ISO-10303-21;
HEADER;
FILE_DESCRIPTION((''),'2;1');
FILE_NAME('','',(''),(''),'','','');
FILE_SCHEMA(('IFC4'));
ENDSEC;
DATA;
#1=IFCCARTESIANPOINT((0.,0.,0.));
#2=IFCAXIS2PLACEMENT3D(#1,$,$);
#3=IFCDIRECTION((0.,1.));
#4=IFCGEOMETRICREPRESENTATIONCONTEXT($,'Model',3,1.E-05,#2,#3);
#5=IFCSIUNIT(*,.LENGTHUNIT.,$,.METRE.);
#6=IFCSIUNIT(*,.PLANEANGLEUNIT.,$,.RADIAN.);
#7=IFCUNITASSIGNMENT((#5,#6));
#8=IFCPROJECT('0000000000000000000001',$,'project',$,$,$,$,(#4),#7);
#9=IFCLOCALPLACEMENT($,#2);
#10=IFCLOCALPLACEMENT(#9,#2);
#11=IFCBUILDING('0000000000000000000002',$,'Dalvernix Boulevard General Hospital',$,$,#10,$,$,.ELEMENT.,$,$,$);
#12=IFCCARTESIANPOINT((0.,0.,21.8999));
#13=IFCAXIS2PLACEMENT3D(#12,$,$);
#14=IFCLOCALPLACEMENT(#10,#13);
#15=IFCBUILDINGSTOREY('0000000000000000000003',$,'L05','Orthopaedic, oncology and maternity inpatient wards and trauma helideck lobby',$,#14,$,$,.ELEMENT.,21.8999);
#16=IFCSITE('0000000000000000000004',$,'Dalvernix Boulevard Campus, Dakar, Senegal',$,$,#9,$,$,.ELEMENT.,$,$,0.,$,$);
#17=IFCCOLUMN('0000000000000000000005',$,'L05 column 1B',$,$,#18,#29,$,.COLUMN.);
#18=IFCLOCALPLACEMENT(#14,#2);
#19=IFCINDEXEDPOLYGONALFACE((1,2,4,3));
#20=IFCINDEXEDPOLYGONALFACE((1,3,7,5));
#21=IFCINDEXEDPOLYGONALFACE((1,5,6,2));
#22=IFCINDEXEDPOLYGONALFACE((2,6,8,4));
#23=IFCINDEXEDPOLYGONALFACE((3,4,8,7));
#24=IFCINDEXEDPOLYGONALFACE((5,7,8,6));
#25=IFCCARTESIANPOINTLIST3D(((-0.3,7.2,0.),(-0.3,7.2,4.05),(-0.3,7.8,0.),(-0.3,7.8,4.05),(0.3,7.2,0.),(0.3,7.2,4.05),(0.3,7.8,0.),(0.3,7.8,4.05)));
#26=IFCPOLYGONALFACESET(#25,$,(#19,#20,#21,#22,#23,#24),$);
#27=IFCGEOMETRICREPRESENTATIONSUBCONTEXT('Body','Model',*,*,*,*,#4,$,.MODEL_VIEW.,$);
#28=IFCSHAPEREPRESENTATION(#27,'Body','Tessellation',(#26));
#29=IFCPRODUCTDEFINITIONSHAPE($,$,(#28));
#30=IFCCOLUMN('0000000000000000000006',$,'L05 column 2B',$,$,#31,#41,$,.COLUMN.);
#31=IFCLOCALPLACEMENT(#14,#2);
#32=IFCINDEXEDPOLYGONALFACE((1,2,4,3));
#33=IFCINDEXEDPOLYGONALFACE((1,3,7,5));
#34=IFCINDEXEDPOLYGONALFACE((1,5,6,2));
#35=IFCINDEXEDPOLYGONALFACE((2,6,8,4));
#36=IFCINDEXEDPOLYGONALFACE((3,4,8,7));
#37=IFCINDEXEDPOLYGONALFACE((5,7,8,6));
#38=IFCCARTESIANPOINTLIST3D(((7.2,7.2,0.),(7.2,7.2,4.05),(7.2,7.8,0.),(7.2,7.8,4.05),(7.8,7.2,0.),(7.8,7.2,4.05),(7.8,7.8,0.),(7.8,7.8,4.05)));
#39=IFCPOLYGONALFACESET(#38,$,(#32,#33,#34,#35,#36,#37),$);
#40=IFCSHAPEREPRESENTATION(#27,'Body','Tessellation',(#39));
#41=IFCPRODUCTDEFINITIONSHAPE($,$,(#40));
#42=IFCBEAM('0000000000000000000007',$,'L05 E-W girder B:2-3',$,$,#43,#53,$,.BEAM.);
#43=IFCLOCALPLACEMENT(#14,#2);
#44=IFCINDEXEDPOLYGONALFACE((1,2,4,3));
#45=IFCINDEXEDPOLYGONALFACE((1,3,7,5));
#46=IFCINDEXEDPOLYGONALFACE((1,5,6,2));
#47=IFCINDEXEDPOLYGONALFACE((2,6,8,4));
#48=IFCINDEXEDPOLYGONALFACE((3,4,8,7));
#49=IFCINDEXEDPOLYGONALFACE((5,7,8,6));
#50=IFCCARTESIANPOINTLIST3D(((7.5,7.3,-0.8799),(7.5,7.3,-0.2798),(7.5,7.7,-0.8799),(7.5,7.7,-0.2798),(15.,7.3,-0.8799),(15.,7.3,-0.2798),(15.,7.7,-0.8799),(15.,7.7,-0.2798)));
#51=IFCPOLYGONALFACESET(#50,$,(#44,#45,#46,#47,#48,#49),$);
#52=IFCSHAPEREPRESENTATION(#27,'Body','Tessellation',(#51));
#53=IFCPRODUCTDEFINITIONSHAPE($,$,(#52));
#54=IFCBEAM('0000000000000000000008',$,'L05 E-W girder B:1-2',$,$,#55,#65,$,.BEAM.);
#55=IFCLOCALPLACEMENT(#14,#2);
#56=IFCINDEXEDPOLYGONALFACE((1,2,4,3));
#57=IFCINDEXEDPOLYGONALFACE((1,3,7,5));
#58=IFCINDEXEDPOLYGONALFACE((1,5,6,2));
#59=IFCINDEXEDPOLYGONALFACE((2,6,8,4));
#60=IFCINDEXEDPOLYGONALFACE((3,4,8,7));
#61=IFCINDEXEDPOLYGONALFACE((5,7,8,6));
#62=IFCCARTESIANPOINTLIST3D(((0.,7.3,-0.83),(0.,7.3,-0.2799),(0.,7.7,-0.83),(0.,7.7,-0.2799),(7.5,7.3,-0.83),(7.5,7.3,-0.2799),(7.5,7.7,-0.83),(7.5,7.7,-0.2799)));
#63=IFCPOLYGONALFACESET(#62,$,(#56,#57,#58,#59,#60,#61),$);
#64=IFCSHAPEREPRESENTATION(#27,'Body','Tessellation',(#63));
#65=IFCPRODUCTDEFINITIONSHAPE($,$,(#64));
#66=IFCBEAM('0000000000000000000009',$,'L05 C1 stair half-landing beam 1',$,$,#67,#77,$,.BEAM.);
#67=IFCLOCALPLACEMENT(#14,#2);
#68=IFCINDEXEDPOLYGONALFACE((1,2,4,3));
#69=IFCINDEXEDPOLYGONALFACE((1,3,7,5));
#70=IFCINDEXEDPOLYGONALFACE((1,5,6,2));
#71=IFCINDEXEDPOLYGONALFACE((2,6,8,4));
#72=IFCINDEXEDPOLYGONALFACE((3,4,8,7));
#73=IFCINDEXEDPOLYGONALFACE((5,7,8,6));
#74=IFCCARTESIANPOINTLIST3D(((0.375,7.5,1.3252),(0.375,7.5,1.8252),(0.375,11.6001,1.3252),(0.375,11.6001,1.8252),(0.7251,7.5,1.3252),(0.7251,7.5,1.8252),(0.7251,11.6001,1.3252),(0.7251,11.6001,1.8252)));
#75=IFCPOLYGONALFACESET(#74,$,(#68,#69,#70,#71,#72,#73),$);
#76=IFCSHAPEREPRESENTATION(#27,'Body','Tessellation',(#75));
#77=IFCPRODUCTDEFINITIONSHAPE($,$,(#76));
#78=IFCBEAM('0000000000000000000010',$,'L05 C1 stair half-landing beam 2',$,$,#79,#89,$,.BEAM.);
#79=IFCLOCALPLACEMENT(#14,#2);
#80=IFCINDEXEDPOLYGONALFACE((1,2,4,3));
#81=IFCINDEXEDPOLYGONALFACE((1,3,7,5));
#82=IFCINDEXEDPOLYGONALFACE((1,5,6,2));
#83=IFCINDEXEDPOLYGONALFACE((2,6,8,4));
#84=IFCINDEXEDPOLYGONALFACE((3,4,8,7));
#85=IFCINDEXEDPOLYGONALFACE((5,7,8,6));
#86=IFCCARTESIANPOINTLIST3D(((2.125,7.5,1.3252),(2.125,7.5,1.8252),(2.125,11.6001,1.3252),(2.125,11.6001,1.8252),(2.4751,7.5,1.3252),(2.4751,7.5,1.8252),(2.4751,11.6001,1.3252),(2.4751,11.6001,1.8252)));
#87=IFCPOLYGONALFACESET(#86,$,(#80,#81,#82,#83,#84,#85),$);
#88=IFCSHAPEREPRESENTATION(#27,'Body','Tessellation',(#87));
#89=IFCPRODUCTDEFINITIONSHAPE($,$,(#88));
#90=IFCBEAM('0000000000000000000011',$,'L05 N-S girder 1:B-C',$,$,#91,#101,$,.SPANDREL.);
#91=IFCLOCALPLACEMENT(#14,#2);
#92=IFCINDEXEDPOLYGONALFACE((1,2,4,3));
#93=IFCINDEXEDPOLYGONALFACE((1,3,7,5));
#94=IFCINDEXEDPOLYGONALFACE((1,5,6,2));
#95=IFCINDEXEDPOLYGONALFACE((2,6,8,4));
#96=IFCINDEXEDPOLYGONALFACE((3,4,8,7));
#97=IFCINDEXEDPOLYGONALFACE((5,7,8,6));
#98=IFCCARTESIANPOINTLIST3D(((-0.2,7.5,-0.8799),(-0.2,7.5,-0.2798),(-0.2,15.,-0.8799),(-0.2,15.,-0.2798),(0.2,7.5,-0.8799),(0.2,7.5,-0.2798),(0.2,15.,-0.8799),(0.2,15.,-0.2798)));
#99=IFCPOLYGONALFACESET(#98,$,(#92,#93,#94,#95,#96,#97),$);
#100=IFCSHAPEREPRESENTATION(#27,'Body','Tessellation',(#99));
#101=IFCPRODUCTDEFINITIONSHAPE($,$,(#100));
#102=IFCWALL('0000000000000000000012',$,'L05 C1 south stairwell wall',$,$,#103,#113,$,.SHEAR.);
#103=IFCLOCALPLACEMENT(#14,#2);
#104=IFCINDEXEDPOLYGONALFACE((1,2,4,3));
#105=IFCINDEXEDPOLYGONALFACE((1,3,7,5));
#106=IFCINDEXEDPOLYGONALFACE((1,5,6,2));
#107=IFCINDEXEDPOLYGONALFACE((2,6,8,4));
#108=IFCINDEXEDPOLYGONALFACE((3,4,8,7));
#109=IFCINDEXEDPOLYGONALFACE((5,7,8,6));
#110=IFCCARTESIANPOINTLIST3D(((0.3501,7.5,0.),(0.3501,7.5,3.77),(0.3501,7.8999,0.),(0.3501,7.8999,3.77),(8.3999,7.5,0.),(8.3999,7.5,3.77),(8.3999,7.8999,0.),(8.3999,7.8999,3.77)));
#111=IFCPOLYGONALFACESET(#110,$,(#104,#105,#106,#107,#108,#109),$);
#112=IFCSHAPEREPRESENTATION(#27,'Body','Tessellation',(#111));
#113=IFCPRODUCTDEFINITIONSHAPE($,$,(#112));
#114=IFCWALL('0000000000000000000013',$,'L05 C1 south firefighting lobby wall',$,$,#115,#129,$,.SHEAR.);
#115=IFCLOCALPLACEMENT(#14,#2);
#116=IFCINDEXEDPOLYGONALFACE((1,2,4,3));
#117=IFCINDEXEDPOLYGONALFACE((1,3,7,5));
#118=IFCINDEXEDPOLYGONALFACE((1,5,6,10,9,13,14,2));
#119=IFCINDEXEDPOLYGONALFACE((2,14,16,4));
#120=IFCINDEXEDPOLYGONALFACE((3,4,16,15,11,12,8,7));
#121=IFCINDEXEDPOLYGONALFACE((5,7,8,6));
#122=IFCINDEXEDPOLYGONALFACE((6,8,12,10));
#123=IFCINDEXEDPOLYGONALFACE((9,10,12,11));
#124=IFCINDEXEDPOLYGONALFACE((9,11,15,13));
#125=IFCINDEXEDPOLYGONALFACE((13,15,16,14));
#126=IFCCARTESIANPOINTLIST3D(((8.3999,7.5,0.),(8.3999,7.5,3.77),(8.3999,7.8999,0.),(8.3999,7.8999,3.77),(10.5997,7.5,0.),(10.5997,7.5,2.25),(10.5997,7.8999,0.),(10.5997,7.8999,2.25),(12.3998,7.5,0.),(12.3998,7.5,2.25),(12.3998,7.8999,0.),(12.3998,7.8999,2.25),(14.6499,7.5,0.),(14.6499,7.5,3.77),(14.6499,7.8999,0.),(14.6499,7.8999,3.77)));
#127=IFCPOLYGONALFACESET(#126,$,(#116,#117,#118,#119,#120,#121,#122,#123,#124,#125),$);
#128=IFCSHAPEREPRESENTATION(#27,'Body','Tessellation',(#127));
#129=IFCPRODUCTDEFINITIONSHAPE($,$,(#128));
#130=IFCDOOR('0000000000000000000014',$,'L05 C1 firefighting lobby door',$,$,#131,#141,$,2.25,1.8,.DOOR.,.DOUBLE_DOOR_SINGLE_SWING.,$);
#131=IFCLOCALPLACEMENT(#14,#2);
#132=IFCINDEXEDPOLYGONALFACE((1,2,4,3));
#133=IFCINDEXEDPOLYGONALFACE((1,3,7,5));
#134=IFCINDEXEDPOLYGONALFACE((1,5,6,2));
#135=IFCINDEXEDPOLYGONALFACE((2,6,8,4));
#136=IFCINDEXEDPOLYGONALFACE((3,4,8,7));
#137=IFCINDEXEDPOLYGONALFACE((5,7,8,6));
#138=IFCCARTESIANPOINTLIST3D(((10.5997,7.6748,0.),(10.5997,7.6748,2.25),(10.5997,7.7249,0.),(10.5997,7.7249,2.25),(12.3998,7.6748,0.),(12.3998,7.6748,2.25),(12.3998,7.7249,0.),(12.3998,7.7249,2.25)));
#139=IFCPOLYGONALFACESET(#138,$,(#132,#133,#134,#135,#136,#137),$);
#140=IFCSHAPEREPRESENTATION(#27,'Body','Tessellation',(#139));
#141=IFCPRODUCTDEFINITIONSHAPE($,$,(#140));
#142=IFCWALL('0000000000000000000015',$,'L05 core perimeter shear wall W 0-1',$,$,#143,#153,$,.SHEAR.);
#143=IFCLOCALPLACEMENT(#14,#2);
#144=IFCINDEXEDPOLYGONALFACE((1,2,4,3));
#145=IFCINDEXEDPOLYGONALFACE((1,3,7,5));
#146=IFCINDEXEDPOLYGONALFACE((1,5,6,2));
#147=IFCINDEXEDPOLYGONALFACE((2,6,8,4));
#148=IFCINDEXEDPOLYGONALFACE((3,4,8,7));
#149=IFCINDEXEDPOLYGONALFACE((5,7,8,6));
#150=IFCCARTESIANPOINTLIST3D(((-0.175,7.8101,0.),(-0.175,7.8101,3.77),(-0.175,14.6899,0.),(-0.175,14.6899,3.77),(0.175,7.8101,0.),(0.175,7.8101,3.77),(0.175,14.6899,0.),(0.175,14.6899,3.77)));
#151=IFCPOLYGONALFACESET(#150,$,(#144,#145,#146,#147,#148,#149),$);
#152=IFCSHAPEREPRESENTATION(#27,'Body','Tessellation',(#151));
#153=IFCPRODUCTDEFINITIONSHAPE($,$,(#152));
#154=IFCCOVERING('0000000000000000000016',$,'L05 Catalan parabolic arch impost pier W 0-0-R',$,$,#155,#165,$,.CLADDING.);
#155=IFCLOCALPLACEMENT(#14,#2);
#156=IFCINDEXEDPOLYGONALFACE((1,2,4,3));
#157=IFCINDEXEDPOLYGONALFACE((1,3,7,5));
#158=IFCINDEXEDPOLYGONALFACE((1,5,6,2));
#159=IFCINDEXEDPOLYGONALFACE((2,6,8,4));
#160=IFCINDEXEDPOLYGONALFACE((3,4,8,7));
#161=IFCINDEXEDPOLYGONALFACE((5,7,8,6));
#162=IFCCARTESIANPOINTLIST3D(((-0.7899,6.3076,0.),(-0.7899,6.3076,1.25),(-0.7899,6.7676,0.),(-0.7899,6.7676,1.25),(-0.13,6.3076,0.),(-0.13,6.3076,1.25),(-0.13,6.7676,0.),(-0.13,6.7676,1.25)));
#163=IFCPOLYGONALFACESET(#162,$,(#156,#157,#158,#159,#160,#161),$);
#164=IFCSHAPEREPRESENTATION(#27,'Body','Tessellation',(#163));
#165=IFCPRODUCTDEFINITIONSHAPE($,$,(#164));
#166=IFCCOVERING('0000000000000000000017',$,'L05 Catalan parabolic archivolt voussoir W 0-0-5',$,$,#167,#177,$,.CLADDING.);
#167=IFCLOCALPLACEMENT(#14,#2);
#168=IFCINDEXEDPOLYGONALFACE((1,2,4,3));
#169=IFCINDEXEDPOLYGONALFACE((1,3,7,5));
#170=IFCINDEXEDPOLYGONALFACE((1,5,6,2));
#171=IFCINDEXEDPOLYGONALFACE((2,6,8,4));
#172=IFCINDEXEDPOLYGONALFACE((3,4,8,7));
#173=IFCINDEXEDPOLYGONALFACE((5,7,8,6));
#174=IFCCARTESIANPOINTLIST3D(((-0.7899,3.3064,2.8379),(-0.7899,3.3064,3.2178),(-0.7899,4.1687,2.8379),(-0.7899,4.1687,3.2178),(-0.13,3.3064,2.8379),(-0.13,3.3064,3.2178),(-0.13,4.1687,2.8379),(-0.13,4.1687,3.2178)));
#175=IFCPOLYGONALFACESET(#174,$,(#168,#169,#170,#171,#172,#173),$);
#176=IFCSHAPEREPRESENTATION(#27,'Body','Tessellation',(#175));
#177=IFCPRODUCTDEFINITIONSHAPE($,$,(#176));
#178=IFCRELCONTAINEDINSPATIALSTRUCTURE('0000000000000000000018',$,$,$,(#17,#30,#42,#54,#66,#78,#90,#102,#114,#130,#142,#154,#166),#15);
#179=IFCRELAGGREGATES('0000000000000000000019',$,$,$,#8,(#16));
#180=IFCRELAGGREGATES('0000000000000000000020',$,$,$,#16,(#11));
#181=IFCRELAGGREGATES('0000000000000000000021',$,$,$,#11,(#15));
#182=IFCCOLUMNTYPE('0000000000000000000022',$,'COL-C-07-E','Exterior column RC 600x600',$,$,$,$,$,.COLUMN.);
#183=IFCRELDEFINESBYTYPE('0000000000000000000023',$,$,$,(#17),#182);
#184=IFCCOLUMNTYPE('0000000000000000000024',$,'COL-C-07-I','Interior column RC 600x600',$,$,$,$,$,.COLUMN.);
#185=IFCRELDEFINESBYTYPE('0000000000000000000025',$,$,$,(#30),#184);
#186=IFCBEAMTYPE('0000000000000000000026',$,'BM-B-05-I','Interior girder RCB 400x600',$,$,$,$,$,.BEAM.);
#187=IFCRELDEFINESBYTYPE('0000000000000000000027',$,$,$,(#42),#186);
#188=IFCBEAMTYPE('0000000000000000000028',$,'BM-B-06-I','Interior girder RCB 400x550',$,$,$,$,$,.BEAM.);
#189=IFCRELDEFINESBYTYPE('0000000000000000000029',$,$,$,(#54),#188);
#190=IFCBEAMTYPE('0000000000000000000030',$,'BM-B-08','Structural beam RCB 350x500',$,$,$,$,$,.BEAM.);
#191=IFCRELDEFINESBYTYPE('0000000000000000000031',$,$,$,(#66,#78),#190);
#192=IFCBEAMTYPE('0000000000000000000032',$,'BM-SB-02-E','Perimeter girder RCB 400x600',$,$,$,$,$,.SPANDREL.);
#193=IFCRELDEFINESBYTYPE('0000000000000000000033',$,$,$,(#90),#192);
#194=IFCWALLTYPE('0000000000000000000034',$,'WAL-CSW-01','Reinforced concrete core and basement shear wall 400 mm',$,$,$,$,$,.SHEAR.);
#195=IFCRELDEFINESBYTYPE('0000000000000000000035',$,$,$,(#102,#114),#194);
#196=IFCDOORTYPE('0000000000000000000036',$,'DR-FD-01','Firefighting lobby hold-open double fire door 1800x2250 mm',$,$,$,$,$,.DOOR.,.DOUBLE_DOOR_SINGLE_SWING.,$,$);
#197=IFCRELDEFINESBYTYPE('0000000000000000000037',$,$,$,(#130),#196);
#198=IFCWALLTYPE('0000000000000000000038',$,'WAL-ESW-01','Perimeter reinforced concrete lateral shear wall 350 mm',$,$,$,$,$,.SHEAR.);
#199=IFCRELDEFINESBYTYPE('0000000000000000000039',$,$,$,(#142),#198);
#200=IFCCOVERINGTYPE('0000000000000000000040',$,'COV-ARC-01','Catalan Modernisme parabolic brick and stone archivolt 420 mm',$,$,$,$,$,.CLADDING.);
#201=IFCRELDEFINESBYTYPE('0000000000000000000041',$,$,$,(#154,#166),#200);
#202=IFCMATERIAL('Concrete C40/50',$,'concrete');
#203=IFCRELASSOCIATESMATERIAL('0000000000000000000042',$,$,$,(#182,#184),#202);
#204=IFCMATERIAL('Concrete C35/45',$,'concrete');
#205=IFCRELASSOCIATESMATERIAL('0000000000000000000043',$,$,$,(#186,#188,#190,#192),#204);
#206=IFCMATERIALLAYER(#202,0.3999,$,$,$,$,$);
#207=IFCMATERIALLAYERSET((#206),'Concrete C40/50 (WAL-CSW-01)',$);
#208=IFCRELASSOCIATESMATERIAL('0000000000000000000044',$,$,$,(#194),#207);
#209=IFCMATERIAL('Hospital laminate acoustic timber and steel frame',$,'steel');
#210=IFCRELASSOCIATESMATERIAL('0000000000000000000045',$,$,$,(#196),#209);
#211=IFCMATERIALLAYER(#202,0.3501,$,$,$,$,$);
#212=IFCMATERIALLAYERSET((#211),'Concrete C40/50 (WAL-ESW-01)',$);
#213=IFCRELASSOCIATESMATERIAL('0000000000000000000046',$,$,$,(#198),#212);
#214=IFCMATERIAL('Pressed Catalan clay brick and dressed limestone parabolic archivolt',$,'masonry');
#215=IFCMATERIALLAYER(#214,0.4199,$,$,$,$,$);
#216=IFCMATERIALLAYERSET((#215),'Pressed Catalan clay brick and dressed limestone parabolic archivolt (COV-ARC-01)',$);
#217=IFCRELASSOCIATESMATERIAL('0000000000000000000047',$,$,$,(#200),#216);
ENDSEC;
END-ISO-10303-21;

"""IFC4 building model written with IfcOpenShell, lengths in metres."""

from ifc_helpers import new_model, si_unit, direction, frame, frame_2d, origin, origin_2d, place, context, subcontext, project, spatial, rectangle, extrude, material, layer, layer_set, material_profile, profile_set, type_object, element, fill, save


model = new_model("IFC4")

# Units and contexts
model_context = context("Model", 3, precision=1e-05, world=origin(), true_north=direction((0.0, 1.0)))
body_context = subcontext(model_context, "Body", "Model", "MODEL_VIEW")
ifc_project = project(units=[si_unit("LENGTHUNIT", "METRE"), si_unit("PLANEANGLEUNIT", "RADIAN")], contexts=[model_context])

# Site, building, storey
site_placement = place(None, origin())
site = spatial("IfcSite", under=ifc_project, at=site_placement, Name="Dalvernix Boulevard Campus, Dakar, Senegal", CompositionType="ELEMENT", RefElevation=0.0)
building_placement = place(site_placement, origin())
building = spatial("IfcBuilding", under=site, at=building_placement, Name="Dalvernix Boulevard General Hospital", CompositionType="ELEMENT")
storey_placement = place(building_placement, frame((0.0, 0.0, 21.8999)))
storey = spatial("IfcBuildingStorey", under=building, at=storey_placement, Name="L05", Description="Orthopaedic, oncology and maternity inpatient wards and trauma helideck lobby", CompositionType="ELEMENT", Elevation=21.8999)

# Columns
ifc_material_1 = material(Name="Concrete C40/50", Category="concrete")
ifc_material_profile_1 = material_profile(ifc_material_1, rectangle(XDim=0.6001, YDim=0.6001, at=origin_2d()), Name="RC 600x600")
ifc_profile_set_1 = profile_set([ifc_material_profile_1], Name="Concrete C40/50")
column_type_1 = type_object("IfcColumnType", Name="COL-C-07-E", Description="Exterior column RC 600x600", PredefinedType="COLUMN", material=ifc_profile_set_1)
column_1_placement = place(storey_placement, frame((0.0, 7.5, 0.0), z_axis=(0.0, 0.0, 1.0), x_axis=(1.0, 0.0, 0.0)))
element("IfcColumn", 1, at=column_1_placement, inside=storey, type_object=column_type_1, Name="L05 column 1B", PredefinedType="COLUMN", context=body_context, shape_type="SweptSolid", body=[
    extrude(rectangle(XDim=0.6001, YDim=0.6001, at=origin_2d()), origin(), (0.0, 0.0, 1.0), 4.05),
])
ifc_material_profile_2 = material_profile(ifc_material_1, rectangle(XDim=0.6001, YDim=0.6001, at=origin_2d()), Name="RC 600x600")
ifc_profile_set_2 = profile_set([ifc_material_profile_2], Name="Concrete C40/50")
column_type_2 = type_object("IfcColumnType", Name="COL-C-07-I", Description="Interior column RC 600x600", PredefinedType="COLUMN", material=ifc_profile_set_2)
column_2_placement = place(storey_placement, frame((7.5, 7.5, 0.0), z_axis=(0.0, 0.0, 1.0), x_axis=(1.0, 0.0, 0.0)))
element("IfcColumn", 2, at=column_2_placement, inside=storey, type_object=column_type_2, Name="L05 column 2B", PredefinedType="COLUMN", context=body_context, shape_type="SweptSolid", body=[
    extrude(rectangle(XDim=0.6001, YDim=0.6001, at=origin_2d()), origin(), (0.0, 0.0, 1.0), 4.05),
])

# Beams
ifc_material_2 = material(Name="Concrete C35/45", Category="concrete")
ifc_material_profile_3 = material_profile(ifc_material_2, rectangle(XDim=0.3999, YDim=0.6001, at=origin_2d()), Name="RCB 400x600")
ifc_profile_set_3 = profile_set([ifc_material_profile_3], Name="Concrete C35/45")
beam_type_1 = type_object("IfcBeamType", Name="BM-B-05-I", Description="Interior girder RCB 400x600", PredefinedType="BEAM", material=ifc_profile_set_3)
beam_1_placement = place(storey_placement, frame((7.5, 7.5, -0.5798), z_axis=(1.0, 0.0, 0.0), x_axis=(0.0, 1.0, 0.0)))
element("IfcBeam", 3, at=beam_1_placement, inside=storey, type_object=beam_type_1, Name="L05 E-W girder B:2-3", PredefinedType="BEAM", context=body_context, shape_type="SweptSolid", body=[
    extrude(rectangle(XDim=0.3999, YDim=0.6001, at=origin_2d()), origin(), (0.0, 0.0, 1.0), 7.5),
])
ifc_material_profile_4 = material_profile(ifc_material_2, rectangle(XDim=0.3999, YDim=0.55, at=origin_2d()), Name="RCB 400x550")
ifc_profile_set_4 = profile_set([ifc_material_profile_4], Name="Concrete C35/45")
beam_type_2 = type_object("IfcBeamType", Name="BM-B-06-I", Description="Interior girder RCB 400x550", PredefinedType="BEAM", material=ifc_profile_set_4)
beam_2_placement = place(storey_placement, frame((0.0, 7.5, -0.5549), z_axis=(1.0, 0.0, 0.0), x_axis=(0.0, 1.0, 0.0)))
element("IfcBeam", 4, at=beam_2_placement, inside=storey, type_object=beam_type_2, Name="L05 E-W girder B:1-2", PredefinedType="BEAM", context=body_context, shape_type="SweptSolid", body=[
    extrude(rectangle(XDim=0.3999, YDim=0.55, at=origin_2d()), origin(), (0.0, 0.0, 1.0), 7.5),
])
ifc_material_profile_5 = material_profile(ifc_material_2, rectangle(XDim=0.3501, YDim=0.5, at=origin_2d()), Name="RCB 350x500")
ifc_profile_set_5 = profile_set([ifc_material_profile_5], Name="Concrete C35/45")
beam_type_3 = type_object("IfcBeamType", Name="BM-B-08", Description="Structural beam RCB 350x500", PredefinedType="BEAM", material=ifc_profile_set_5)
for number, where, z_axis, x_axis, name in (
    (5, (0.55, 7.5, 1.5752), (0.0, 1.0, 0.0), (-1.0, 0.0, 0.0), "L05 C1 stair half-landing beam 1"),
    (6, (2.3, 7.5, 1.5752), (0.0, 1.0, 0.0), (-1.0, 0.0, 0.0), "L05 C1 stair half-landing beam 2"),
):
    element("IfcBeam", number, at=place(storey_placement, frame(where, z_axis=z_axis, x_axis=x_axis)), inside=storey, type_object=beam_type_3, Name=name, PredefinedType="BEAM", context=body_context, shape_type="SweptSolid", body=[
        extrude(rectangle(XDim=0.3501, YDim=0.5, at=origin_2d()), origin(), (0.0, 0.0, 1.0), 4.1001),
    ])
ifc_material_profile_6 = material_profile(ifc_material_2, rectangle(XDim=0.3999, YDim=0.6001, at=origin_2d()), Name="RCB 400x600")
ifc_profile_set_6 = profile_set([ifc_material_profile_6], Name="Concrete C35/45")
beam_type_4 = type_object("IfcBeamType", Name="BM-SB-02-E", Description="Perimeter girder RCB 400x600", PredefinedType="SPANDREL", material=ifc_profile_set_6)
beam_3_placement = place(storey_placement, frame((0.0, 7.5, -0.5798), z_axis=(0.0, 1.0, 0.0), x_axis=(-1.0, 0.0, 0.0)))
element("IfcBeam", 7, at=beam_3_placement, inside=storey, type_object=beam_type_4, Name="L05 N-S girder 1:B-C", PredefinedType="SPANDREL", context=body_context, shape_type="SweptSolid", body=[
    extrude(rectangle(XDim=0.3999, YDim=0.6001, at=origin_2d()), origin(), (0.0, 0.0, 1.0), 7.5),
])

# Wall
ifc_layer_1 = layer(ifc_material_1, 0.3999)
ifc_layer_set_1 = layer_set([ifc_layer_1], Name="Concrete C40/50 (WAL-CSW-01)")
wall_type_1 = type_object("IfcWallType", Name="WAL-CSW-01", Description="Reinforced concrete core and basement shear wall 400 mm", PredefinedType="SHEAR", material=ifc_layer_set_1)
wall_1_placement = place(storey_placement, frame((0.3501, 7.7, 0.0), z_axis=(0.0, 0.0, 1.0), x_axis=(1.0, 0.0, 0.0)))
element("IfcWall", 8, at=wall_1_placement, inside=storey, type_object=wall_type_1, Name="L05 C1 south stairwell wall", PredefinedType="SHEAR", context=body_context, shape_type="SweptSolid", body=[
    extrude(rectangle(XDim=8.0498, YDim=0.3999, at=frame_2d((4.0249, 0.0))), origin(), (0.0, 0.0, 1.0), 3.77),
])

# Wall, opening, door
wall_2_placement = place(storey_placement, frame((8.3999, 7.7, 0.0), z_axis=(0.0, 0.0, 1.0), x_axis=(1.0, 0.0, 0.0)))
wall_2 = element("IfcWall", 9, at=wall_2_placement, inside=storey, type_object=wall_type_1, Name="L05 C1 south firefighting lobby wall", PredefinedType="SHEAR", context=body_context, shape_type="SweptSolid", body=[
    extrude(rectangle(XDim=6.25, YDim=0.3999, at=frame_2d((3.125, 0.0))), origin(), (0.0, 0.0, 1.0), 3.77),
])
opening_placement = place(wall_2_placement, frame((2.2, 0.0, 0.0)))
opening = element("IfcOpeningElement", 10, at=opening_placement, cuts=wall_2, PredefinedType="OPENING", context=body_context, shape_type="SweptSolid", body=[
    extrude(rectangle(XDim=1.8, YDim=2.25, at=frame_2d((0.8999, 1.125))), frame((0.0, 0.21, 0.0), z_axis=(0.0, -1.0, 0.0), x_axis=(1.0, 0.0, 0.0)), (0.0, 0.0, 1.0), 0.4199),
])
ifc_material_3 = material(Name="Hospital laminate acoustic timber and steel frame", Category="steel")
door_type = type_object("IfcDoorType", Name="DR-FD-01", Description="Firefighting lobby hold-open double fire door 1800x2250 mm", OperationType="DOUBLE_DOOR_SINGLE_SWING", PredefinedType="DOOR", material=ifc_material_3)
door_placement = place(opening_placement, origin())
door = element("IfcDoor", 11, at=door_placement, inside=storey, type_object=door_type, Name="L05 C1 firefighting lobby door", OperationType="DOUBLE_DOOR_SINGLE_SWING", OverallHeight=2.25, OverallWidth=1.8, PredefinedType="DOOR", context=body_context, shape_type="SweptSolid", body=[
    extrude(rectangle(XDim=1.8, YDim=2.25, at=frame_2d((0.8999, 1.125))), frame((0.0, 0.0249, 0.0), z_axis=(0.0, -1.0, 0.0), x_axis=(1.0, 0.0, 0.0)), (0.0, 0.0, 1.0), 0.05),
])
fill(opening, door)

# Wall
ifc_layer_2 = layer(ifc_material_1, 0.3501)
ifc_layer_set_2 = layer_set([ifc_layer_2], Name="Concrete C40/50 (WAL-ESW-01)")
wall_type_2 = type_object("IfcWallType", Name="WAL-ESW-01", Description="Perimeter reinforced concrete lateral shear wall 350 mm", PredefinedType="SHEAR", material=ifc_layer_set_2)
wall_3_placement = place(storey_placement, frame((0.0, 7.8101, 0.0), z_axis=(0.0, 0.0, 1.0), x_axis=(0.0, 1.0, 0.0)))
element("IfcWall", 12, at=wall_3_placement, inside=storey, type_object=wall_type_2, Name="L05 core perimeter shear wall W 0-1", PredefinedType="SHEAR", context=body_context, shape_type="SweptSolid", body=[
    extrude(rectangle(XDim=6.8799, YDim=0.3501, at=frame_2d((3.4399, 0.0))), origin(), (0.0, 0.0, 1.0), 3.77),
])

# Coverings
ifc_material_4 = material(Name="Pressed Catalan clay brick and dressed limestone parabolic archivolt", Category="masonry")
ifc_layer_3 = layer(ifc_material_4, 0.4199)
ifc_layer_set_3 = layer_set([ifc_layer_3], Name="Pressed Catalan clay brick and dressed limestone parabolic archivolt (COV-ARC-01)")
covering_type_1 = type_object("IfcCoveringType", Name="COV-ARC-01", Description="Catalan Modernisme parabolic brick and stone archivolt 420 mm", PredefinedType="CLADDING", material=ifc_layer_set_3)
covering_1_placement = place(storey_placement, frame((-0.46, 6.5376, 0.0), z_axis=(0.0, 0.0, 1.0), x_axis=(0.0, 1.0, 0.0)))
element("IfcCovering", 13, at=covering_1_placement, inside=storey, type_object=covering_type_1, Name="L05 Catalan parabolic arch impost pier W 0-0-R", PredefinedType="CLADDING", context=body_context, shape_type="SweptSolid", body=[
    extrude(rectangle(XDim=0.46, YDim=0.6599, at=origin_2d()), origin(), (0.0, 0.0, 1.0), 1.25),
])
covering_2_placement = place(storey_placement, frame((-0.46, 3.7375, 2.8379), z_axis=(0.0, 0.0, 1.0), x_axis=(0.0, 1.0, 0.0)))
element("IfcCovering", 14, at=covering_2_placement, inside=storey, type_object=covering_type_1, Name="L05 Catalan parabolic archivolt voussoir W 0-0-5", PredefinedType="CLADDING", context=body_context, shape_type="SweptSolid", body=[
    extrude(rectangle(XDim=0.8623, YDim=0.6599, at=origin_2d()), origin(), (0.0, 0.0, 1.0), 0.3799),
])

save(model, "model.ifc")
